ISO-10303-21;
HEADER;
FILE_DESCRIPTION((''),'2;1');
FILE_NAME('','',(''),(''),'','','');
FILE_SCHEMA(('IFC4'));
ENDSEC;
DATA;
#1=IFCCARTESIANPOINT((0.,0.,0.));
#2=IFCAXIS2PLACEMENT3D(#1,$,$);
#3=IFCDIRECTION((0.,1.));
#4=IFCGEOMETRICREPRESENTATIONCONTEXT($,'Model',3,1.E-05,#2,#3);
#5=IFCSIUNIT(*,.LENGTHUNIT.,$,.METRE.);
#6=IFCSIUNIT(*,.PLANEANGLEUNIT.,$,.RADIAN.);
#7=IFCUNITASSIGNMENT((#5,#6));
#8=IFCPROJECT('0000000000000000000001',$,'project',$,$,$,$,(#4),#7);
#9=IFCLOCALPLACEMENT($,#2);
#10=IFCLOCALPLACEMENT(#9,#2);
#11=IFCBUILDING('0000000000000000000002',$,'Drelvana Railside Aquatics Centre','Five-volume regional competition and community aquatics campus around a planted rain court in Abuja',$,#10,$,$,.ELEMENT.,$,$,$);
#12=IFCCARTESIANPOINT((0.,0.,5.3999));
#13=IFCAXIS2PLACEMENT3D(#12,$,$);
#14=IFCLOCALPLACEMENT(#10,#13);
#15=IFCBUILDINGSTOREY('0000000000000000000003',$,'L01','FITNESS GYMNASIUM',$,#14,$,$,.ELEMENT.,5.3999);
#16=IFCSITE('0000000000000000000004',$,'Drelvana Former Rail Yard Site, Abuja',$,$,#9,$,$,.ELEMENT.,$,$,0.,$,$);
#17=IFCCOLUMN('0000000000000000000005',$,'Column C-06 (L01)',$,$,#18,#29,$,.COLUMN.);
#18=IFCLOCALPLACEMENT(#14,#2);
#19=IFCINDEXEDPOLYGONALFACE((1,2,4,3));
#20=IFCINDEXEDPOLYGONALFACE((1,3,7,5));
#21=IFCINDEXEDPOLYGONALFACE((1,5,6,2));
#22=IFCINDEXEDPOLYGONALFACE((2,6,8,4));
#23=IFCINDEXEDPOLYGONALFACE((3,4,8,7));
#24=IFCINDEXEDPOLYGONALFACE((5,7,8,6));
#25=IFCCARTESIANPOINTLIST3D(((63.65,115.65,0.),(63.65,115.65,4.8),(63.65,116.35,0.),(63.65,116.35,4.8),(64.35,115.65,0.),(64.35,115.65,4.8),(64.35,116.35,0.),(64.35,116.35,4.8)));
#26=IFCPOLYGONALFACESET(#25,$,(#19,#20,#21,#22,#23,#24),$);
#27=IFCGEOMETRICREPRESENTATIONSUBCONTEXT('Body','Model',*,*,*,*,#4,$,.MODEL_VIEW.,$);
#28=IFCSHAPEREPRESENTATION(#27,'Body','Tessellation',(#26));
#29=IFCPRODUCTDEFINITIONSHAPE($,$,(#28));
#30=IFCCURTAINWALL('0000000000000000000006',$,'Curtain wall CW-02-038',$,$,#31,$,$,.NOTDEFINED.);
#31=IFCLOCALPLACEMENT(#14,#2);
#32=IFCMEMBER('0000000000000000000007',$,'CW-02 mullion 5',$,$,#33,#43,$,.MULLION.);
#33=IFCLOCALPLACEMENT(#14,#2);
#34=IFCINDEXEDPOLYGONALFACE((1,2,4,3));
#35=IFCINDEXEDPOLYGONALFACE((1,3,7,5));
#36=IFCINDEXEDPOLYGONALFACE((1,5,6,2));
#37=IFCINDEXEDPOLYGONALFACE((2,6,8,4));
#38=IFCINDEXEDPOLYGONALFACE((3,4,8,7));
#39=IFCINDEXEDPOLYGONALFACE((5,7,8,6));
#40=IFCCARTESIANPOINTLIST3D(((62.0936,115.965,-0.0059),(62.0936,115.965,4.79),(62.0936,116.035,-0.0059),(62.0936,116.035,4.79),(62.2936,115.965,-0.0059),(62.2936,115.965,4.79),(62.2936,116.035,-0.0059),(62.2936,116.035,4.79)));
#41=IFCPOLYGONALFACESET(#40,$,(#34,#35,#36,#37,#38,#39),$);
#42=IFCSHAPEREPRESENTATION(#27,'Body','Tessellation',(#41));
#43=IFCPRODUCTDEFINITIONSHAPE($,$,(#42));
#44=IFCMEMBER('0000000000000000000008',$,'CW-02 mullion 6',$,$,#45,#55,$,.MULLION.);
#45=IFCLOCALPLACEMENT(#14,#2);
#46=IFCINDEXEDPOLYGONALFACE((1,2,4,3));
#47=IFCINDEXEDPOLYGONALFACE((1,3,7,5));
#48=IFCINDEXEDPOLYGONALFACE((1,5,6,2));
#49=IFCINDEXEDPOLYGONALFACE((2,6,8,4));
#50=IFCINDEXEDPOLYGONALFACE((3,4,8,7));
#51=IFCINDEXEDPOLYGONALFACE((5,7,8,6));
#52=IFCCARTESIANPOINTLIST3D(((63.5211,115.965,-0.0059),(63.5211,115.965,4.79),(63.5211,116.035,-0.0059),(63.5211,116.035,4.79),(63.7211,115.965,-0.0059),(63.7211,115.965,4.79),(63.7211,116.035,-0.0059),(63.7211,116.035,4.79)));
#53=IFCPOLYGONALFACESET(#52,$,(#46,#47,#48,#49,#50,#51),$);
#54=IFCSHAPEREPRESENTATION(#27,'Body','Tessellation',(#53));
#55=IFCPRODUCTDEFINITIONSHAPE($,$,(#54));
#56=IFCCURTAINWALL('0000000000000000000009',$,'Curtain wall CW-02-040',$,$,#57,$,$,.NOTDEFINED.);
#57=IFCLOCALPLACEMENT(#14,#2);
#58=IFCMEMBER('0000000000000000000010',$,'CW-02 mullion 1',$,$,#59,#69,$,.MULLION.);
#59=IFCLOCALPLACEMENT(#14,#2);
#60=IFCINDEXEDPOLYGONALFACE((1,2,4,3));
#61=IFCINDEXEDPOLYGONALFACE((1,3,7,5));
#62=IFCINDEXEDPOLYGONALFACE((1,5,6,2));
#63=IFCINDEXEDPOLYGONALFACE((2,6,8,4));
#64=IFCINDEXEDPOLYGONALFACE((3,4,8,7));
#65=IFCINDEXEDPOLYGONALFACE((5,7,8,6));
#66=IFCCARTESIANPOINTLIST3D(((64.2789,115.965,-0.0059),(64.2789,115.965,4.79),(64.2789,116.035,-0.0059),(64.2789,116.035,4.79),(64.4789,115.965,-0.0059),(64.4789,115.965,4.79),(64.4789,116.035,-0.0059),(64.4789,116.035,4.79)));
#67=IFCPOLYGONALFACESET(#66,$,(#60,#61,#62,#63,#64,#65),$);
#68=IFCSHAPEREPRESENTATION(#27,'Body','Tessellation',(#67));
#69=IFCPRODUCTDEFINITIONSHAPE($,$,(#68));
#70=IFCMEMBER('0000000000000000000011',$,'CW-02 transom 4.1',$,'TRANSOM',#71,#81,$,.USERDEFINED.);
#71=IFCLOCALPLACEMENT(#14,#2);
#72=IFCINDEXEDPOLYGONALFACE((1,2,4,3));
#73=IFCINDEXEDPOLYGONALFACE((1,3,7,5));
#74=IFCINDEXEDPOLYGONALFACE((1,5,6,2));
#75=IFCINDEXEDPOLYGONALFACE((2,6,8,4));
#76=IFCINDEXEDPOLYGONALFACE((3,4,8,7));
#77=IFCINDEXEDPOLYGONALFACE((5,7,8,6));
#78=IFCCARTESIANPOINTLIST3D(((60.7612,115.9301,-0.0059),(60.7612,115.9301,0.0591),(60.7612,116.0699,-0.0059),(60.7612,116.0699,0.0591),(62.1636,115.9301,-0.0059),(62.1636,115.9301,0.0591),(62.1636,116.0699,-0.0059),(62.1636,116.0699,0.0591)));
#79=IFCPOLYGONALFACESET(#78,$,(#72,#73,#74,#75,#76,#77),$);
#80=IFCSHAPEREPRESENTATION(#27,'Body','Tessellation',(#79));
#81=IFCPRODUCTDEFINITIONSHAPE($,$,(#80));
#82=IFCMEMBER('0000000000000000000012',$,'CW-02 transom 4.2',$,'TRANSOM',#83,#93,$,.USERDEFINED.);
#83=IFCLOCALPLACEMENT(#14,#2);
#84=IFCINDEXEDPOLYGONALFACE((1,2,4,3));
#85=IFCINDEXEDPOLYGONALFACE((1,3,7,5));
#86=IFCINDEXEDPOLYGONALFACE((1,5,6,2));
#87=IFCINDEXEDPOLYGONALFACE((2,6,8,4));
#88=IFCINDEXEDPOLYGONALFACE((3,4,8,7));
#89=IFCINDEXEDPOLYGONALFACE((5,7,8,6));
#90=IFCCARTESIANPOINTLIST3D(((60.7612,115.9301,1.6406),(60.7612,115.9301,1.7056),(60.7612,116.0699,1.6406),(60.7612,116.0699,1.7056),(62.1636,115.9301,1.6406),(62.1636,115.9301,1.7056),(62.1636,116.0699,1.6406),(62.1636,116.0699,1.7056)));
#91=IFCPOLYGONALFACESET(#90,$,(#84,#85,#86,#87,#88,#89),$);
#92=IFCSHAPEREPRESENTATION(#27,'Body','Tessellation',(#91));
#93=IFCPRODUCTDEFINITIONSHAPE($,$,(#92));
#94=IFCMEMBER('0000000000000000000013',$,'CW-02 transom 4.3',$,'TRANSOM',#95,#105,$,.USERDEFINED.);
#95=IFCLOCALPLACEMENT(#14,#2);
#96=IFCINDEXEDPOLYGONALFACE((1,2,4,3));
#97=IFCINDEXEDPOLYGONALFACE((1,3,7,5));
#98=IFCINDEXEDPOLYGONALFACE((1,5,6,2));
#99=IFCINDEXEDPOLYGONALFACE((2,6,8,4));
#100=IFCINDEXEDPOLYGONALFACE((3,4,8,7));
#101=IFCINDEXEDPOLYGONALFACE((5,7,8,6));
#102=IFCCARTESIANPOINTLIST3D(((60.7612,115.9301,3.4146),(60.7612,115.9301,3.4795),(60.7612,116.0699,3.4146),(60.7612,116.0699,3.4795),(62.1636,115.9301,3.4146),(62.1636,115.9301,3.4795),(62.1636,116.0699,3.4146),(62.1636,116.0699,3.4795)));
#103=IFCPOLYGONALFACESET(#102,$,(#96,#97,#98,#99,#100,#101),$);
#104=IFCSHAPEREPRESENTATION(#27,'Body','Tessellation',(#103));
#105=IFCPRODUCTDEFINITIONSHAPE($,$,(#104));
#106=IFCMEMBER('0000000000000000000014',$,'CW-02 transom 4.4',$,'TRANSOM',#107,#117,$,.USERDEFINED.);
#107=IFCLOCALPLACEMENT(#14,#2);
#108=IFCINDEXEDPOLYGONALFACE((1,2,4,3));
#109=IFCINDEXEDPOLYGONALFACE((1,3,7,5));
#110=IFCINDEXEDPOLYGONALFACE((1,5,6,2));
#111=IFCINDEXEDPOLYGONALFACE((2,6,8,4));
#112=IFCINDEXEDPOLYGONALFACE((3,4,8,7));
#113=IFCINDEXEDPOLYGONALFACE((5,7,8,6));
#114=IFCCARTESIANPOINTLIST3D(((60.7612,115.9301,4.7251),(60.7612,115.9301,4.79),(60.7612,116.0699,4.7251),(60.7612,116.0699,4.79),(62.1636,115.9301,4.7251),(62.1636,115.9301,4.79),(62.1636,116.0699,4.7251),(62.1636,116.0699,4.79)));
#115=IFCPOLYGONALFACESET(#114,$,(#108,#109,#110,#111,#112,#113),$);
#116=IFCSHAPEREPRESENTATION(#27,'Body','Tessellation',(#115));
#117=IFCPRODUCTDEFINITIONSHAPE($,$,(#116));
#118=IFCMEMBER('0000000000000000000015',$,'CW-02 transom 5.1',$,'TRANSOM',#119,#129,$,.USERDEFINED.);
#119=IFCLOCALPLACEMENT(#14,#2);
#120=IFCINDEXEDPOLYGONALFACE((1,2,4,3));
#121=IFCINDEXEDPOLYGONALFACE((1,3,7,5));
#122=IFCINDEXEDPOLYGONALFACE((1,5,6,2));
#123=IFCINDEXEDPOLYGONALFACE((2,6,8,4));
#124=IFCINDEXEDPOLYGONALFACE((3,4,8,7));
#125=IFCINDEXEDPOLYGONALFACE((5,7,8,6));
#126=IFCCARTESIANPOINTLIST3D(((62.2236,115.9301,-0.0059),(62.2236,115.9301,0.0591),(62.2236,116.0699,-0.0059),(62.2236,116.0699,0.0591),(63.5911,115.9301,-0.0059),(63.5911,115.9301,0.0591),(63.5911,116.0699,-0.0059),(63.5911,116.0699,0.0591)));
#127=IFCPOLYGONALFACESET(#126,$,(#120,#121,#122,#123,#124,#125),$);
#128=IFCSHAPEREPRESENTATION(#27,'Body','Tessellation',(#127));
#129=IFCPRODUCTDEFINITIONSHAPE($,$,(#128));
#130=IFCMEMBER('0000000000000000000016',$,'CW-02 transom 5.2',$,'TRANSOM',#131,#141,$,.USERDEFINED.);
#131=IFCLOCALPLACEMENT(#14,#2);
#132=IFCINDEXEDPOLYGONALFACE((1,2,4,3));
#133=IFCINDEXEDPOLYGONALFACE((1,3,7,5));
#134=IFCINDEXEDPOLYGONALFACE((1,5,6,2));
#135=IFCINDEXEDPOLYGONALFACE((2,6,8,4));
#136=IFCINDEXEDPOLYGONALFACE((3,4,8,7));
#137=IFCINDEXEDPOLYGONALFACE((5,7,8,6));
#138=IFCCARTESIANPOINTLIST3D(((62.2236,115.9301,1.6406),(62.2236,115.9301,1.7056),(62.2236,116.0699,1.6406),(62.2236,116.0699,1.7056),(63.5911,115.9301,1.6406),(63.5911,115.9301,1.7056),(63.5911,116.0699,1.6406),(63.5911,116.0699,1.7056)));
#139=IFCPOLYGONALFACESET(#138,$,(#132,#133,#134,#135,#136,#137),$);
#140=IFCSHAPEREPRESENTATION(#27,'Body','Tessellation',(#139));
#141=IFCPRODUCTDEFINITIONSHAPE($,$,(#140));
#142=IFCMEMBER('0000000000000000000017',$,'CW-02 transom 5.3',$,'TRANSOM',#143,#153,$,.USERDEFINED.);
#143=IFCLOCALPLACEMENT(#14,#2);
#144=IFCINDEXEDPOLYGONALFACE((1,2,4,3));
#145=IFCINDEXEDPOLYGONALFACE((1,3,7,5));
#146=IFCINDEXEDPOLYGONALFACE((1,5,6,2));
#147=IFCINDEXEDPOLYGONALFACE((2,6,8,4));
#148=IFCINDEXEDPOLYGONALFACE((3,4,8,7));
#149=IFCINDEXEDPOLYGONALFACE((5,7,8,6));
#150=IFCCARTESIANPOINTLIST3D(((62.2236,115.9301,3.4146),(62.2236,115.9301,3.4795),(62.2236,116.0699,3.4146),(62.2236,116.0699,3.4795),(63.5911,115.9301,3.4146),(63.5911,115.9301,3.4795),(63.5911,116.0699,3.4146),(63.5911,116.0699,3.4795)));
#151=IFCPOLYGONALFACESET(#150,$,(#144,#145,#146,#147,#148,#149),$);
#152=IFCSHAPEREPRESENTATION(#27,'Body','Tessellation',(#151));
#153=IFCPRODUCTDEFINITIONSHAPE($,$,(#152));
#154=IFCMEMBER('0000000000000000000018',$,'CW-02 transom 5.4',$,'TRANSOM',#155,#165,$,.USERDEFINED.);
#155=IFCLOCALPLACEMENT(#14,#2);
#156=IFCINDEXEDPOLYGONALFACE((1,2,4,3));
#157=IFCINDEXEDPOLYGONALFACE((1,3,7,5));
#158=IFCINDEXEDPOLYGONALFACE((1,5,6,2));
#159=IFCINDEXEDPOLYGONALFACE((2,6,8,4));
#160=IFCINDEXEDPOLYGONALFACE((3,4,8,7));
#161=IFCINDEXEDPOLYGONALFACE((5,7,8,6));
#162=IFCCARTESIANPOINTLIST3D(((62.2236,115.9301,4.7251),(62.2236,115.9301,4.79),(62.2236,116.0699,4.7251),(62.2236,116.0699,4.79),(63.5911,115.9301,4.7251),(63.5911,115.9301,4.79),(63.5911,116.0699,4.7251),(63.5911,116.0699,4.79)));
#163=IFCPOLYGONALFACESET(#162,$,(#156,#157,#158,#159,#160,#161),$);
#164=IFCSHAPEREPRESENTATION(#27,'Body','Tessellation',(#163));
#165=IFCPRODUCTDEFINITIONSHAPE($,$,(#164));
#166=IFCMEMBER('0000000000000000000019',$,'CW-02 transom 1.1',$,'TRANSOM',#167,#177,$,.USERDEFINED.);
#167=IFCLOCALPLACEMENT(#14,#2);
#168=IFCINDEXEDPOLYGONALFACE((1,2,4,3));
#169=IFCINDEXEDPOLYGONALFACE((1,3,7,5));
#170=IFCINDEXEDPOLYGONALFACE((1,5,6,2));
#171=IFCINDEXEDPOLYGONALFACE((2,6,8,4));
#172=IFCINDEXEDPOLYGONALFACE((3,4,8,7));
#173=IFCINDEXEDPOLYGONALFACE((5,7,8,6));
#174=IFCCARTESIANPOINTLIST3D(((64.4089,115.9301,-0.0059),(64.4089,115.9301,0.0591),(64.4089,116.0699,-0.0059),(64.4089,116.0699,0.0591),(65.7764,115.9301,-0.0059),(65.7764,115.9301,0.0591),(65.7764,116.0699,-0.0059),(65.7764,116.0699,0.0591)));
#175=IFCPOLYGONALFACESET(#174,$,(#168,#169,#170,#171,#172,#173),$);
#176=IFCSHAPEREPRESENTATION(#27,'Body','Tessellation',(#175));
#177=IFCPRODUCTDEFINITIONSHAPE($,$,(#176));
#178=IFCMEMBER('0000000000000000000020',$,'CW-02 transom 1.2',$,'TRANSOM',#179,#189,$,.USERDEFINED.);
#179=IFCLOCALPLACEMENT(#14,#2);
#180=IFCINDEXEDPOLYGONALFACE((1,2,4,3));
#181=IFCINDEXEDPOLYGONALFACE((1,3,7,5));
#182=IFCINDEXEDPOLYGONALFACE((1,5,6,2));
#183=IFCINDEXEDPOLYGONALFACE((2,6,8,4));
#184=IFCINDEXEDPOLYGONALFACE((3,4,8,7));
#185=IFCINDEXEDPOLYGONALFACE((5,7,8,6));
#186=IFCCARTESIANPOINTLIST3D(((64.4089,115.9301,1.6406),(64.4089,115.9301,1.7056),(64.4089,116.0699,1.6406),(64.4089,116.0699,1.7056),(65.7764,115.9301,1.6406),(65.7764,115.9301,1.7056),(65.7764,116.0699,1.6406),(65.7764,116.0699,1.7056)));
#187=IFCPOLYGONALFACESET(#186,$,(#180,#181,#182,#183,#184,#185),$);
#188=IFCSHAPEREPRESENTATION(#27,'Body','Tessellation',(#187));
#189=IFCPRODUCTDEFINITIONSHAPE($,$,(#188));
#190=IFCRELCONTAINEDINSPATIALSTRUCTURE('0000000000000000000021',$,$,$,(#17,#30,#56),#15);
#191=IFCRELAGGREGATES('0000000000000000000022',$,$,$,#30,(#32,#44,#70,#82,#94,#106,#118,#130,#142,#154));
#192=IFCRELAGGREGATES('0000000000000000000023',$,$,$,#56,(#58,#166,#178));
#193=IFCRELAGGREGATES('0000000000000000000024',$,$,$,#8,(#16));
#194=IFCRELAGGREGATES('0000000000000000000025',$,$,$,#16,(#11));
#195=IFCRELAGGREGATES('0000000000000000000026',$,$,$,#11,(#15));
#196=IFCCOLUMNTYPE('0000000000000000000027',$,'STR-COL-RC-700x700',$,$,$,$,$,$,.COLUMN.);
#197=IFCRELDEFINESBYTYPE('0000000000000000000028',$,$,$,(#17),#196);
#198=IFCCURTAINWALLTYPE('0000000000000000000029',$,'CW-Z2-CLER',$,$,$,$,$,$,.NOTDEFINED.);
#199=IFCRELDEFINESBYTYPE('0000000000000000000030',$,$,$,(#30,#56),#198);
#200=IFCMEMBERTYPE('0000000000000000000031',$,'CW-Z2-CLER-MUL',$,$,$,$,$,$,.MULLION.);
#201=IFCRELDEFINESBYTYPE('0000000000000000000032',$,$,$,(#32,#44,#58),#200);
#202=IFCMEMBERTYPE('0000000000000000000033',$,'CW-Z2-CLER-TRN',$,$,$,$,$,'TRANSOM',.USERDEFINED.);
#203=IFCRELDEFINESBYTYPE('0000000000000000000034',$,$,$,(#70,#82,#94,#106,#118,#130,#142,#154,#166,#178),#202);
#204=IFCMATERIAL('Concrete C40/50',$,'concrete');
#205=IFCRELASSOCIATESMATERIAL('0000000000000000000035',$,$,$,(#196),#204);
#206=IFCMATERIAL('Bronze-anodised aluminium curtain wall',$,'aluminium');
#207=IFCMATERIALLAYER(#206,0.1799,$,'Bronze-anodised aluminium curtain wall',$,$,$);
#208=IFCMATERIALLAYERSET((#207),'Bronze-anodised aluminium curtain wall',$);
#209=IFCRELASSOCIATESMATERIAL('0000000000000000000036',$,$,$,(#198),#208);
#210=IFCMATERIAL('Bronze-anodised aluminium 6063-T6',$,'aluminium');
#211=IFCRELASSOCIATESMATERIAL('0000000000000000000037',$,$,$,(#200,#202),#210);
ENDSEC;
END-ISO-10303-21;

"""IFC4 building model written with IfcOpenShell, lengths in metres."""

from ifc_helpers import new_model, si_unit, direction, frame, origin, origin_2d, place, context, subcontext, project, spatial, rectangle, extrude, material, layer, layer_set, material_profile, profile_set, type_object, element, aggregate, save


model = new_model("IFC4")

# Units and contexts
model_context = context("Model", 3, precision=1e-05, world=origin(), true_north=direction((0.0, 1.0)))
body_context = subcontext(model_context, "Body", "Model", "MODEL_VIEW")
ifc_project = project(units=[si_unit("LENGTHUNIT", "METRE"), si_unit("PLANEANGLEUNIT", "RADIAN")], contexts=[model_context])

# Site, building, storey
site_placement = place(None, origin())
site = spatial("IfcSite", under=ifc_project, at=site_placement, Name="Drelvana Former Rail Yard Site, Abuja", CompositionType="ELEMENT", RefElevation=0.0)
building_placement = place(site_placement, origin())
building = spatial("IfcBuilding", under=site, at=building_placement, Name="Drelvana Railside Aquatics Centre", Description="Five-volume regional competition and community aquatics campus around a planted rain court in Abuja", CompositionType="ELEMENT")
storey_placement = place(building_placement, frame((0.0, 0.0, 5.3999)))
storey = spatial("IfcBuildingStorey", under=building, at=storey_placement, Name="L01", Description="FITNESS GYMNASIUM", CompositionType="ELEMENT", Elevation=5.3999)

# Column
ifc_material_1 = material(Name="Concrete C40/50", Category="concrete")
ifc_material_profile_1 = material_profile(ifc_material_1, rectangle(XDim=0.7, YDim=0.7, at=origin_2d()), Name="RC 700x700")
ifc_profile_set_1 = profile_set([ifc_material_profile_1], Name="Concrete C40/50")
column_type = type_object("IfcColumnType", Name="STR-COL-RC-700x700", PredefinedType="COLUMN", material=ifc_profile_set_1)
column_placement = place(storey_placement, frame((64.0, 116.0, 0.0), z_axis=(0.0, 0.0, 1.0), x_axis=(1.0, 0.0, 0.0)))
element("IfcColumn", 1, at=column_placement, inside=storey, type_object=column_type, Name="Column C-06 (L01)", PredefinedType="COLUMN", context=body_context, shape_type="SweptSolid", body=[
    extrude(rectangle(XDim=0.7, YDim=0.7, at=origin_2d()), origin(), (0.0, 0.0, 1.0), 4.8),
])

# Curtain wall, members
ifc_material_2 = material(Name="Bronze-anodised aluminium curtain wall", Category="aluminium")
ifc_layer_1 = layer(ifc_material_2, 0.1799, Name="Bronze-anodised aluminium curtain wall")
ifc_layer_set_1 = layer_set([ifc_layer_1], Name="Bronze-anodised aluminium curtain wall")
curtain_wall_type = type_object("IfcCurtainWallType", Name="CW-Z2-CLER", PredefinedType="NOTDEFINED", material=ifc_layer_set_1)
curtain_wall_1_placement = place(storey_placement, origin())
curtain_wall_1 = element("IfcCurtainWall", 2, at=curtain_wall_1_placement, inside=storey, type_object=curtain_wall_type, Name="Curtain wall CW-02-038", PredefinedType="NOTDEFINED")
ifc_material_3 = material(Name="Bronze-anodised aluminium 6063-T6", Category="aluminium")
ifc_material_profile_2 = material_profile(ifc_material_3, rectangle(XDim=0.0701, YDim=0.2, at=origin_2d()), Name="ALU-M 70x200")
ifc_profile_set_2 = profile_set([ifc_material_profile_2], Name="Bronze-anodised aluminium 6063-T6")
member_type_1 = type_object("IfcMemberType", Name="CW-Z2-CLER-MUL", PredefinedType="MULLION", material=ifc_profile_set_2)
member_1_placement = place(storey_placement, frame((62.1936, 116.0, -0.0059), z_axis=(0.0, 0.0, 1.0), x_axis=(0.0, 1.0, 0.0)))
member_1 = element("IfcMember", 3, at=member_1_placement, type_object=member_type_1, Name="CW-02 mullion 5", PredefinedType="MULLION", context=body_context, shape_type="SweptSolid", body=[
    extrude(rectangle(XDim=0.0701, YDim=0.2, at=origin_2d()), origin(), (0.0, 0.0, 1.0), 4.7959),
])
member_2_placement = place(storey_placement, frame((63.6211, 116.0, -0.0059), z_axis=(0.0, 0.0, 1.0), x_axis=(0.0, 1.0, 0.0)))
member_2 = element("IfcMember", 4, at=member_2_placement, type_object=member_type_1, Name="CW-02 mullion 6", PredefinedType="MULLION", context=body_context, shape_type="SweptSolid", body=[
    extrude(rectangle(XDim=0.0701, YDim=0.2, at=origin_2d()), origin(), (0.0, 0.0, 1.0), 4.7959),
])

# Curtain wall, member
curtain_wall_2_placement = place(storey_placement, origin())
curtain_wall_2 = element("IfcCurtainWall", 5, at=curtain_wall_2_placement, inside=storey, type_object=curtain_wall_type, Name="Curtain wall CW-02-040", PredefinedType="NOTDEFINED")
member_3_placement = place(storey_placement, frame((64.3789, 116.0, -0.0059), z_axis=(0.0, 0.0, 1.0), x_axis=(0.0, 1.0, 0.0)))
member_3 = element("IfcMember", 6, at=member_3_placement, type_object=member_type_1, Name="CW-02 mullion 1", PredefinedType="MULLION", context=body_context, shape_type="SweptSolid", body=[
    extrude(rectangle(XDim=0.0701, YDim=0.2, at=origin_2d()), origin(), (0.0, 0.0, 1.0), 4.7959),
])

# Members
ifc_material_profile_3 = material_profile(ifc_material_3, rectangle(XDim=0.1399, YDim=0.0649, at=origin_2d()), Name="ALU-T 65x140")
ifc_profile_set_3 = profile_set([ifc_material_profile_3], Name="Bronze-anodised aluminium 6063-T6")
member_type_2 = type_object("IfcMemberType", Name="CW-Z2-CLER-TRN", ElementType="TRANSOM", PredefinedType="USERDEFINED", material=ifc_profile_set_3)
member_4_placement = place(storey_placement, frame((60.7612, 116.0, 0.0266), z_axis=(1.0, 0.0, 0.0), x_axis=(0.0, 1.0, 0.0)))
member_4 = element("IfcMember", 7, at=member_4_placement, type_object=member_type_2, Name="CW-02 transom 4.1", ObjectType="TRANSOM", PredefinedType="USERDEFINED", context=body_context, shape_type="SweptSolid", body=[
    extrude(rectangle(XDim=0.1399, YDim=0.0649, at=origin_2d()), origin(), (0.0, 0.0, 1.0), 1.4023),
])
member_5_placement = place(storey_placement, frame((60.7612, 116.0, 1.6731), z_axis=(1.0, 0.0, 0.0), x_axis=(0.0, 1.0, 0.0)))
member_5 = element("IfcMember", 8, at=member_5_placement, type_object=member_type_2, Name="CW-02 transom 4.2", ObjectType="TRANSOM", PredefinedType="USERDEFINED", context=body_context, shape_type="SweptSolid", body=[
    extrude(rectangle(XDim=0.1399, YDim=0.0649, at=origin_2d()), origin(), (0.0, 0.0, 1.0), 1.4023),
])
member_6_placement = place(storey_placement, frame((60.7612, 116.0, 3.447), z_axis=(1.0, 0.0, 0.0), x_axis=(0.0, 1.0, 0.0)))
member_6 = element("IfcMember", 9, at=member_6_placement, type_object=member_type_2, Name="CW-02 transom 4.3", ObjectType="TRANSOM", PredefinedType="USERDEFINED", context=body_context, shape_type="SweptSolid", body=[
    extrude(rectangle(XDim=0.1399, YDim=0.0649, at=origin_2d()), origin(), (0.0, 0.0, 1.0), 1.4023),
])
member_7_placement = place(storey_placement, frame((60.7612, 116.0, 4.7576), z_axis=(1.0, 0.0, 0.0), x_axis=(0.0, 1.0, 0.0)))
member_7 = element("IfcMember", 10, at=member_7_placement, type_object=member_type_2, Name="CW-02 transom 4.4", ObjectType="TRANSOM", PredefinedType="USERDEFINED", context=body_context, shape_type="SweptSolid", body=[
    extrude(rectangle(XDim=0.1399, YDim=0.0649, at=origin_2d()), origin(), (0.0, 0.0, 1.0), 1.4023),
])
member_8_placement = place(storey_placement, frame((62.2236, 116.0, 0.0266), z_axis=(1.0, 0.0, 0.0), x_axis=(0.0, 1.0, 0.0)))
member_8 = element("IfcMember", 11, at=member_8_placement, type_object=member_type_2, Name="CW-02 transom 5.1", ObjectType="TRANSOM", PredefinedType="USERDEFINED", context=body_context, shape_type="SweptSolid", body=[
    extrude(rectangle(XDim=0.1399, YDim=0.0649, at=origin_2d()), origin(), (0.0, 0.0, 1.0), 1.3674),
])
member_9_placement = place(storey_placement, frame((62.2236, 116.0, 1.6731), z_axis=(1.0, 0.0, 0.0), x_axis=(0.0, 1.0, 0.0)))
member_9 = element("IfcMember", 12, at=member_9_placement, type_object=member_type_2, Name="CW-02 transom 5.2", ObjectType="TRANSOM", PredefinedType="USERDEFINED", context=body_context, shape_type="SweptSolid", body=[
    extrude(rectangle(XDim=0.1399, YDim=0.0649, at=origin_2d()), origin(), (0.0, 0.0, 1.0), 1.3674),
])
member_10_placement = place(storey_placement, frame((62.2236, 116.0, 3.447), z_axis=(1.0, 0.0, 0.0), x_axis=(0.0, 1.0, 0.0)))
member_10 = element("IfcMember", 13, at=member_10_placement, type_object=member_type_2, Name="CW-02 transom 5.3", ObjectType="TRANSOM", PredefinedType="USERDEFINED", context=body_context, shape_type="SweptSolid", body=[
    extrude(rectangle(XDim=0.1399, YDim=0.0649, at=origin_2d()), origin(), (0.0, 0.0, 1.0), 1.3674),
])
member_11_placement = place(storey_placement, frame((62.2236, 116.0, 4.7576), z_axis=(1.0, 0.0, 0.0), x_axis=(0.0, 1.0, 0.0)))
member_11 = element("IfcMember", 14, at=member_11_placement, type_object=member_type_2, Name="CW-02 transom 5.4", ObjectType="TRANSOM", PredefinedType="USERDEFINED", context=body_context, shape_type="SweptSolid", body=[
    extrude(rectangle(XDim=0.1399, YDim=0.0649, at=origin_2d()), origin(), (0.0, 0.0, 1.0), 1.3674),
])
member_12_placement = place(storey_placement, frame((64.4089, 116.0, 0.0266), z_axis=(1.0, 0.0, 0.0), x_axis=(0.0, 1.0, 0.0)))
member_12 = element("IfcMember", 15, at=member_12_placement, type_object=member_type_2, Name="CW-02 transom 1.1", ObjectType="TRANSOM", PredefinedType="USERDEFINED", context=body_context, shape_type="SweptSolid", body=[
    extrude(rectangle(XDim=0.1399, YDim=0.0649, at=origin_2d()), origin(), (0.0, 0.0, 1.0), 1.3674),
])
member_13_placement = place(storey_placement, frame((64.4089, 116.0, 1.6731), z_axis=(1.0, 0.0, 0.0), x_axis=(0.0, 1.0, 0.0)))
member_13 = element("IfcMember", 16, at=member_13_placement, type_object=member_type_2, Name="CW-02 transom 1.2", ObjectType="TRANSOM", PredefinedType="USERDEFINED", context=body_context, shape_type="SweptSolid", body=[
    extrude(rectangle(XDim=0.1399, YDim=0.0649, at=origin_2d()), origin(), (0.0, 0.0, 1.0), 1.3674),
])

aggregate(curtain_wall_1, [member_1, member_2, member_4, member_5, member_6, member_7, member_8, member_9, member_10, member_11])
aggregate(curtain_wall_2, [member_3, member_12, member_13])

save(model, "model.ifc")
